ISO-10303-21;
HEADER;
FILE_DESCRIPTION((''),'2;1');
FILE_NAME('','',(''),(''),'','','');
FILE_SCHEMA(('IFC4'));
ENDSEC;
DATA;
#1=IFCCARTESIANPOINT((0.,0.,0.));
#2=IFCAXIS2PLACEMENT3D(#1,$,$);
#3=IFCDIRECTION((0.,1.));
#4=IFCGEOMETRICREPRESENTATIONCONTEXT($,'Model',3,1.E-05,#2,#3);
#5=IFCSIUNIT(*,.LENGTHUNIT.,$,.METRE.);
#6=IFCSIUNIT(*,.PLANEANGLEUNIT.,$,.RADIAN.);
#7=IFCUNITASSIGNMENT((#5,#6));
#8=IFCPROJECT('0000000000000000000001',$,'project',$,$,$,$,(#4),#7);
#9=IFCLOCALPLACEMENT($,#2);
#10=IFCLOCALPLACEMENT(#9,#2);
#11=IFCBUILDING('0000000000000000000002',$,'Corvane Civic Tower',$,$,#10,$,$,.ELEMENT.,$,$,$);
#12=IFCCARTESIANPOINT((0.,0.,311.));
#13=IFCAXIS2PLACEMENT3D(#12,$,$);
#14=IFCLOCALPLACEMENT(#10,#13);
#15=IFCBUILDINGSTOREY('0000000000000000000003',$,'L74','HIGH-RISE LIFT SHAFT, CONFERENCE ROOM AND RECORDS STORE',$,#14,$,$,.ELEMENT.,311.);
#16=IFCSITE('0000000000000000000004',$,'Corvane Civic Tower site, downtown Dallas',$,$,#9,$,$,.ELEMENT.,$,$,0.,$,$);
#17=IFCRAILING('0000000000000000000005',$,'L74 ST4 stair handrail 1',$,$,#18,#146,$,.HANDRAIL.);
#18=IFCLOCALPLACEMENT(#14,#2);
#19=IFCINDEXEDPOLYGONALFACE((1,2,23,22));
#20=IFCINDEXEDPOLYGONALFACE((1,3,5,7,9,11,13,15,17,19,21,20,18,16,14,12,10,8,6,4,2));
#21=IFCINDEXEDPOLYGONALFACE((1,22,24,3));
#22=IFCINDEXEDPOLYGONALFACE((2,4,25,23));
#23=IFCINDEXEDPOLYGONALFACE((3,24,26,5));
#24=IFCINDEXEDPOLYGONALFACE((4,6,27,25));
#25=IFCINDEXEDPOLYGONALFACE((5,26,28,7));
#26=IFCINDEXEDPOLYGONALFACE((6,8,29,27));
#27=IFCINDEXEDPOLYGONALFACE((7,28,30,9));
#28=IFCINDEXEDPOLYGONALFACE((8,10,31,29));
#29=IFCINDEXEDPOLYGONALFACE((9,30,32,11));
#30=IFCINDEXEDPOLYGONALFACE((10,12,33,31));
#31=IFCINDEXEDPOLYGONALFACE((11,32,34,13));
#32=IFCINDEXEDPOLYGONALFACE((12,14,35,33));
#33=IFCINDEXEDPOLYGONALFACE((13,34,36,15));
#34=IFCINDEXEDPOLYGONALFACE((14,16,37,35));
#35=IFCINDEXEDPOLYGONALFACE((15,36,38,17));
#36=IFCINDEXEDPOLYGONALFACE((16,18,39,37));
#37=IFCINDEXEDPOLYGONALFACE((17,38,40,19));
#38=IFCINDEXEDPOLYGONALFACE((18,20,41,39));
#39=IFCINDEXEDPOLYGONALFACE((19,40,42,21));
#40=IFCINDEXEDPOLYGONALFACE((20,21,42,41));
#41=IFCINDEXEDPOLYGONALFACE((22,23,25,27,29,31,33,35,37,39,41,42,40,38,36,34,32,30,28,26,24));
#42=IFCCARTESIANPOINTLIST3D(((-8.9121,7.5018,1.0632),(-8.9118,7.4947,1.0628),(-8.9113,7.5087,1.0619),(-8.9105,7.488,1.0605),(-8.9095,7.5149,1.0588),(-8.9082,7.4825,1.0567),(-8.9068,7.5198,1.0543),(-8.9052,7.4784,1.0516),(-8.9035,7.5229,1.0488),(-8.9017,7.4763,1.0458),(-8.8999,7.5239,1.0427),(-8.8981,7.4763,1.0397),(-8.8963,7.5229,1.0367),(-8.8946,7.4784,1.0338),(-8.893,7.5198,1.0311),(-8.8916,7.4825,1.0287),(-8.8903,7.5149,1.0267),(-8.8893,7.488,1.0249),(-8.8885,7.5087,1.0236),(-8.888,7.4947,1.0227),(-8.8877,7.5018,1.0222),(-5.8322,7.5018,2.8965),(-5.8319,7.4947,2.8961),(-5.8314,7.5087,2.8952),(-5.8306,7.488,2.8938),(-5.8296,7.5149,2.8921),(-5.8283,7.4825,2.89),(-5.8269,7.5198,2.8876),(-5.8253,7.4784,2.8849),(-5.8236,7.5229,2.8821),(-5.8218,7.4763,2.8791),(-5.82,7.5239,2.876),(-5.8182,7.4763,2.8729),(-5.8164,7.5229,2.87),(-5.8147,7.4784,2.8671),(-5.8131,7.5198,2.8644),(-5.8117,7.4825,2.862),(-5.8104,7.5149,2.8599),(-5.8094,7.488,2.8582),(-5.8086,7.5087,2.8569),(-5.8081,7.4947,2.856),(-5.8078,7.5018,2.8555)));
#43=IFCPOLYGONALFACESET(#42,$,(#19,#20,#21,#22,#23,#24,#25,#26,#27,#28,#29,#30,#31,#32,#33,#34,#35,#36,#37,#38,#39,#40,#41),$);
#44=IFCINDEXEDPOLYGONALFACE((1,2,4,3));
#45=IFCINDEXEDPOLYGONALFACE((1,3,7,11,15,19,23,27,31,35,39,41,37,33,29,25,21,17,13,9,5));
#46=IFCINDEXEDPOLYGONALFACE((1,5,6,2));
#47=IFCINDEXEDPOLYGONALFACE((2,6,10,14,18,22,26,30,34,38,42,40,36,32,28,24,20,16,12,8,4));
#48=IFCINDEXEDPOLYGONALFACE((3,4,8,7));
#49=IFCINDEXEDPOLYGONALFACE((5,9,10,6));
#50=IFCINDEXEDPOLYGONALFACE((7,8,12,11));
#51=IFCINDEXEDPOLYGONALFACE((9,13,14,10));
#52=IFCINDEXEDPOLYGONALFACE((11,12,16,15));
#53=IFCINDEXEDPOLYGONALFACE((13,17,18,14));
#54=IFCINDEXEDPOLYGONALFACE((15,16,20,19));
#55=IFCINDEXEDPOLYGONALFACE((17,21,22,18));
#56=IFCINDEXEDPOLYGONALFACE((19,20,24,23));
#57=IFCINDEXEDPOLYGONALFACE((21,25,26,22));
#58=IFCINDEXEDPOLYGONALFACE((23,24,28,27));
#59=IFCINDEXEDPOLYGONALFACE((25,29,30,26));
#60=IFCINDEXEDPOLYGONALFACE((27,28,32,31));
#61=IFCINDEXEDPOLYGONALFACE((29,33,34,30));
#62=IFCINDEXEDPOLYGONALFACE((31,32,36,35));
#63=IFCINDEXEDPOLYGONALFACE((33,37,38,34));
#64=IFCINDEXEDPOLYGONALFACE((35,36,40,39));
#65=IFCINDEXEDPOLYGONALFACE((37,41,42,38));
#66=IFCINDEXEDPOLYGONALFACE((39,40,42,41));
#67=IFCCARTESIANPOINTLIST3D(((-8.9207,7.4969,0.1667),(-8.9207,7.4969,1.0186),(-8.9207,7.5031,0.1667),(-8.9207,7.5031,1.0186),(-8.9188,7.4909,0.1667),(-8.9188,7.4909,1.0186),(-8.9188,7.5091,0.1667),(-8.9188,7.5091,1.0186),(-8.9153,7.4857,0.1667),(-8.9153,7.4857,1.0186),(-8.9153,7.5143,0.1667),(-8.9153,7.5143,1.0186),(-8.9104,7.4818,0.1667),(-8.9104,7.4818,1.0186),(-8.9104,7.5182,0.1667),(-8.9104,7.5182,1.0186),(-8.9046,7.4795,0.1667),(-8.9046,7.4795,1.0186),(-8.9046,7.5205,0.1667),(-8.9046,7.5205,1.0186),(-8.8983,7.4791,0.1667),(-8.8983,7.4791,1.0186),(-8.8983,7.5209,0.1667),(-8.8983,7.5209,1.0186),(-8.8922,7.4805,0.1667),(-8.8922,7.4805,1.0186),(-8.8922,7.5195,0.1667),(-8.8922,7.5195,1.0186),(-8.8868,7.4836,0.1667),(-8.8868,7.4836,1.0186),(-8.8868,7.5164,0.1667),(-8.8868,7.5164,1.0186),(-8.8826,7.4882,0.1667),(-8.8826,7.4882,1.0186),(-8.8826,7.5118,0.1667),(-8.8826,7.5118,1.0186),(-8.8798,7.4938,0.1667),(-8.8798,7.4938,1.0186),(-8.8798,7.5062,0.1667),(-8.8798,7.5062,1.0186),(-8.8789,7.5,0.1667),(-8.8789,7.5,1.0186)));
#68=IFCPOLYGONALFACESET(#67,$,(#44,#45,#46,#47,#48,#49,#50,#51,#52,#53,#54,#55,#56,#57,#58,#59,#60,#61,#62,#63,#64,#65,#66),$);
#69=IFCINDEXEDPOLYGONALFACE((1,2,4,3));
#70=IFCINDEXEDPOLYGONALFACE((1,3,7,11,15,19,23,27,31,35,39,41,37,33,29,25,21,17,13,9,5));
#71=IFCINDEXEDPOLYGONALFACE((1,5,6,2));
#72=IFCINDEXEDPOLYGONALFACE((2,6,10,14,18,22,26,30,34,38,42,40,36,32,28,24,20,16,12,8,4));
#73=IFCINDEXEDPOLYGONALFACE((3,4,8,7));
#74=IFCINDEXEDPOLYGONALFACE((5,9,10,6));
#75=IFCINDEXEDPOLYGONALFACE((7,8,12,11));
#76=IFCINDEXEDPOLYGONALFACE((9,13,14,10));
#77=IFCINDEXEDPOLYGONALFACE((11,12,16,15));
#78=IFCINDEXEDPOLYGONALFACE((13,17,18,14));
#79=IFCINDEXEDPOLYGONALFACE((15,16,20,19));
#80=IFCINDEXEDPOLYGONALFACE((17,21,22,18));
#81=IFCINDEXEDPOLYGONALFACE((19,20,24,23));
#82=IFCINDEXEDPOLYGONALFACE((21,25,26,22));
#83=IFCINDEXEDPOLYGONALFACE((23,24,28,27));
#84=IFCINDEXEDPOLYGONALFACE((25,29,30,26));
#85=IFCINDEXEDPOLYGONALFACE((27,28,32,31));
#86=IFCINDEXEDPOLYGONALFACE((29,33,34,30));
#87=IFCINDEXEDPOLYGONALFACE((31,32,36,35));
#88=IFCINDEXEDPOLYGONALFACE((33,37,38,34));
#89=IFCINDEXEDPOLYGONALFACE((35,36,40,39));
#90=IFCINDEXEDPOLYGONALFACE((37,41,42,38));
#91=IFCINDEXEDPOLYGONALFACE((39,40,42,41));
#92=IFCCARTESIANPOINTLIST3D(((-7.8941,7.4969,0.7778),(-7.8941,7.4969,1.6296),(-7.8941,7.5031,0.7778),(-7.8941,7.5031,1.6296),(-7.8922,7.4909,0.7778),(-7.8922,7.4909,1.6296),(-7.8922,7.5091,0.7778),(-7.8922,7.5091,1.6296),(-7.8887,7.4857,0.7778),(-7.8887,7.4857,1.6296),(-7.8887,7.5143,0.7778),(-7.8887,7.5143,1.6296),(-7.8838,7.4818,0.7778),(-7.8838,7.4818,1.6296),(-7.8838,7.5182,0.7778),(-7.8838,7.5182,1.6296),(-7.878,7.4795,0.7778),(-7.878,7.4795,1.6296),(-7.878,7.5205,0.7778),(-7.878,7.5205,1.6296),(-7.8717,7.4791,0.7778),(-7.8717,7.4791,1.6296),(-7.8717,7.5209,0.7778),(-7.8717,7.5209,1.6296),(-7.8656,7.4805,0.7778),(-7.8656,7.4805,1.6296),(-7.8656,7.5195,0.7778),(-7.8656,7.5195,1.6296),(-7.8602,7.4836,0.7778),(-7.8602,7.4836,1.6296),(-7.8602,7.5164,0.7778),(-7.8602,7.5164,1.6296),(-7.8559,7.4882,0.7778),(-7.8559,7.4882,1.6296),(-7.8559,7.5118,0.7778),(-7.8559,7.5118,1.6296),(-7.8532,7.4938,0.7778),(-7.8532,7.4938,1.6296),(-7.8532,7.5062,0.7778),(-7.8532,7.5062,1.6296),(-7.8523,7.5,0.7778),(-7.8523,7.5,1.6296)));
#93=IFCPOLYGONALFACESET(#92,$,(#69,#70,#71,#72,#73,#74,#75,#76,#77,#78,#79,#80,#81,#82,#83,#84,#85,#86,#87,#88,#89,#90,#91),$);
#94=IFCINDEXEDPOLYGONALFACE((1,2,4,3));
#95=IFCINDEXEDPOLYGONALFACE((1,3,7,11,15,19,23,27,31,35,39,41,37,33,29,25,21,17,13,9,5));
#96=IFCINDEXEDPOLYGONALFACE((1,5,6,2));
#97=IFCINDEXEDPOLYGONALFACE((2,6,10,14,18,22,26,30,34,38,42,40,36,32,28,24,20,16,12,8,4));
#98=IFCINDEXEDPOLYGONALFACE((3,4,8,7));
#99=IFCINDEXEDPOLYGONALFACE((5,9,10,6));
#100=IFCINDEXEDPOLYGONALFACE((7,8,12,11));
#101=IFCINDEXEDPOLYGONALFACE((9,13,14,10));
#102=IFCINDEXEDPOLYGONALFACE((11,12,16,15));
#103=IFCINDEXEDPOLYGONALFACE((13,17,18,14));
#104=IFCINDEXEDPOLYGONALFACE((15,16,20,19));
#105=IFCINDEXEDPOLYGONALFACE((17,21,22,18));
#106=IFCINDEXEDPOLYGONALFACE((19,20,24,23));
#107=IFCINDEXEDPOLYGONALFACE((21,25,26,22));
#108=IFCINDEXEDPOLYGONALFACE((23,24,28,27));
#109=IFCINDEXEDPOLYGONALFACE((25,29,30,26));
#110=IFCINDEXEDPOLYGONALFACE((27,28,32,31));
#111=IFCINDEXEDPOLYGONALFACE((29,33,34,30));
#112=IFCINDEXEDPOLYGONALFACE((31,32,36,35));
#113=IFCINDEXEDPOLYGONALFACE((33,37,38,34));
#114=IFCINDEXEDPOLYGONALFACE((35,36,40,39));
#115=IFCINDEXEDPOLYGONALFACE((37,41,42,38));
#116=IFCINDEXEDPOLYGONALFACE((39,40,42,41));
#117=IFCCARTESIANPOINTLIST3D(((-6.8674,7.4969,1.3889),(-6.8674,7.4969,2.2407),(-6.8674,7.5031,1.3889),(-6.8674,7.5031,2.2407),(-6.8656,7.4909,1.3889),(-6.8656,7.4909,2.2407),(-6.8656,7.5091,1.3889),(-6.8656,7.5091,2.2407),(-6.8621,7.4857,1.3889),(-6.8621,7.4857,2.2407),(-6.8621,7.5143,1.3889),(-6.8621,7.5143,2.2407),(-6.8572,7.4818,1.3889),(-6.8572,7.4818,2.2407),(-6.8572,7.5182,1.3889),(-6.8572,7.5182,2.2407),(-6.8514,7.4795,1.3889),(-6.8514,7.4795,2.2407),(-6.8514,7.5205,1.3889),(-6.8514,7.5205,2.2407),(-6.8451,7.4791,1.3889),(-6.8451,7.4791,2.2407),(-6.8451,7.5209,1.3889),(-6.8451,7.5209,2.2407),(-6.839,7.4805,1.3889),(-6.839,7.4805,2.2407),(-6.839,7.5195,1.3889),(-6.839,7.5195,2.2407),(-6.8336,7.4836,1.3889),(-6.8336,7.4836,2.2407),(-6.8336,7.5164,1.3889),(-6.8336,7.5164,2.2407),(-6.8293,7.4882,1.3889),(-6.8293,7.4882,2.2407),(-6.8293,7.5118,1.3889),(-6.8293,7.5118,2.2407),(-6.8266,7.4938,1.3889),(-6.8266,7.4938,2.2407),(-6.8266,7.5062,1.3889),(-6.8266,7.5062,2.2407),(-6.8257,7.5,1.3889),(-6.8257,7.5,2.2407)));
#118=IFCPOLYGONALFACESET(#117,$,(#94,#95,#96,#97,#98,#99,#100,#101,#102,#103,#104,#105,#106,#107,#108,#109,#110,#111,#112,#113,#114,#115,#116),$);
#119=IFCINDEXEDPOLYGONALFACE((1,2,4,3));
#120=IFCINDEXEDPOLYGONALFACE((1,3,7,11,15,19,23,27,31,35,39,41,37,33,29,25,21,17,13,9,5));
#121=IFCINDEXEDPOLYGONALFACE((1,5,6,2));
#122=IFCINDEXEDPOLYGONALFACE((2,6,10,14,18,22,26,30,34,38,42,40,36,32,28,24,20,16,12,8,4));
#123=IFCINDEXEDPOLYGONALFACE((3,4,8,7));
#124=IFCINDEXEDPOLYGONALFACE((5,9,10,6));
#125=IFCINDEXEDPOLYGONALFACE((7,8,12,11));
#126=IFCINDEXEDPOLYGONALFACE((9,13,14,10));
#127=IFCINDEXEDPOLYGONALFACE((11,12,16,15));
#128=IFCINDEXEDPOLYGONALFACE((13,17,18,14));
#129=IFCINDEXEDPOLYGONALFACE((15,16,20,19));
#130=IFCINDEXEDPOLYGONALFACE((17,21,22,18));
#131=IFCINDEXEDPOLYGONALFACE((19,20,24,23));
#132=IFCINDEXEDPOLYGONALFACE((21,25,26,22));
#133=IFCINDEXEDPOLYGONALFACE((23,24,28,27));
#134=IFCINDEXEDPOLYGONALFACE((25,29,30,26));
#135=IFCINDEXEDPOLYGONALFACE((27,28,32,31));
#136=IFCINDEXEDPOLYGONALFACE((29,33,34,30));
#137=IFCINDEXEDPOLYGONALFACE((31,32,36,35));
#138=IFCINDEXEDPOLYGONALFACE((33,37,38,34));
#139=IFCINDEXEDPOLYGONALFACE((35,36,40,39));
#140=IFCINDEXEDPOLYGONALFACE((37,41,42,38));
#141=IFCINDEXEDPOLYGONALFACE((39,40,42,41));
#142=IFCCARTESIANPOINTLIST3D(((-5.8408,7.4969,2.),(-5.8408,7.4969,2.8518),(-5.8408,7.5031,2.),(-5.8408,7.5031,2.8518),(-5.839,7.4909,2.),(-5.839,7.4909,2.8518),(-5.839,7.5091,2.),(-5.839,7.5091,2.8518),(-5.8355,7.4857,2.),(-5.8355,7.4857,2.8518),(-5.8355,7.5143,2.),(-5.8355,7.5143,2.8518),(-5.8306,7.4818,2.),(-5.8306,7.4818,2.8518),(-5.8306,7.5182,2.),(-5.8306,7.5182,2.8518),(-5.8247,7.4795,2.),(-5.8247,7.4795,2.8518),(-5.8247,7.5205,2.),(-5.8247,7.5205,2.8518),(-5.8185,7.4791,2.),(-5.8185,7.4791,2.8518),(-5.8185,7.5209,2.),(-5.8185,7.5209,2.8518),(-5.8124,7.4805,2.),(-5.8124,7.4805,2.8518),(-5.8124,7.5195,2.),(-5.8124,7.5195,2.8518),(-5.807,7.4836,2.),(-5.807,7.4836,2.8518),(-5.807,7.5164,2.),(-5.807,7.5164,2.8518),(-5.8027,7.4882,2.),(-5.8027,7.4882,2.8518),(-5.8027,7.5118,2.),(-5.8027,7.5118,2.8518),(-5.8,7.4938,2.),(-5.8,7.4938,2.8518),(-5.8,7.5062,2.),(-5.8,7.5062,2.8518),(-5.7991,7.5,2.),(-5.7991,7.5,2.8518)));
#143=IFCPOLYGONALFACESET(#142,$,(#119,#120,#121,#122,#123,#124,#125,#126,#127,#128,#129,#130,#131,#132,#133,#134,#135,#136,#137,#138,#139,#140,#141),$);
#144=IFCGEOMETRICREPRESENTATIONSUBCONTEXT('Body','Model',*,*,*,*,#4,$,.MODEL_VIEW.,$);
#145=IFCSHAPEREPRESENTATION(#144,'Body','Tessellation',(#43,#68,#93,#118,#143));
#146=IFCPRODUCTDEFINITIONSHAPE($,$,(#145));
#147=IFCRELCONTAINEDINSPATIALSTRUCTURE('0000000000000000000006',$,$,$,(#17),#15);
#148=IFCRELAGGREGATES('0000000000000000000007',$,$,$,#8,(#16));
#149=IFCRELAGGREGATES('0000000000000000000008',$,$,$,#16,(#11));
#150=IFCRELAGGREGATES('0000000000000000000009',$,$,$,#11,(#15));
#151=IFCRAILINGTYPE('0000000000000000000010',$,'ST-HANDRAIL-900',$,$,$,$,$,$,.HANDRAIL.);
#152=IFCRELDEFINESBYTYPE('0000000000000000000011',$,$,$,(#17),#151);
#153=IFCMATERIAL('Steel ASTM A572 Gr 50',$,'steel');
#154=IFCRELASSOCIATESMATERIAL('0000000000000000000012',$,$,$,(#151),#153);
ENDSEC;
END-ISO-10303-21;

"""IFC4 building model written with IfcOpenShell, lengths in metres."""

from ifc_helpers import new_model, si_unit, direction, frame, origin, origin_2d, place, context, subcontext, project, spatial, circle, extrude, material, type_object, element, save


model = new_model("IFC4")

# Units and contexts
model_context = context("Model", 3, precision=1e-05, world=origin(), true_north=direction((0.0, 1.0)))
body_context = subcontext(model_context, "Body", "Model", "MODEL_VIEW")
ifc_project = project(units=[si_unit("LENGTHUNIT", "METRE"), si_unit("PLANEANGLEUNIT", "RADIAN")], contexts=[model_context])

# Site, building, storey
site_placement = place(None, origin())
site = spatial("IfcSite", under=ifc_project, at=site_placement, Name="Corvane Civic Tower site, downtown Dallas", CompositionType="ELEMENT", RefElevation=0.0)
building_placement = place(site_placement, origin())
building = spatial("IfcBuilding", under=site, at=building_placement, Name="Corvane Civic Tower", CompositionType="ELEMENT")
storey_placement = place(building_placement, frame((0.0, 0.0, 311.0)))
storey = spatial("IfcBuildingStorey", under=building, at=storey_placement, Name="L74", Description="HIGH-RISE LIFT SHAFT, CONFERENCE ROOM AND RECORDS STORE", CompositionType="ELEMENT", Elevation=311.0)

# Railing
ifc_material_1 = material(Name="Steel ASTM A572 Gr 50", Category="steel")
railing_type_1 = type_object("IfcRailingType", Name="ST-HANDRAIL-900", PredefinedType="HANDRAIL", material=ifc_material_1)
railing_1_placement = place(storey_placement, frame((-8.8999, 7.5, 0.1667)))
element("IfcRailing", 1, at=railing_1_placement, inside=storey, type_object=railing_type_1, Name="L74 ST4 stair handrail 1", PredefinedType="HANDRAIL", context=body_context, shape_type="SweptSolid", body=[
    extrude(circle(Radius=0.0239, at=origin_2d()), frame((0.0, 0.0, 0.876), z_axis=(0.859291, 0.0, 0.511487), x_axis=(0.0, 1.0, 0.0)), (0.0, 0.0, 1.0), 3.5842),
    extrude(circle(Radius=0.021, at=origin_2d()), origin(), (0.0, 0.0, 1.0), 0.8518),
    extrude(circle(Radius=0.021, at=origin_2d()), frame((1.0266, 0.0, 0.6111)), (0.0, 0.0, 1.0), 0.8518),
    extrude(circle(Radius=0.021, at=origin_2d()), frame((2.0532, 0.0, 1.2222)), (0.0, 0.0, 1.0), 0.8518),
    extrude(circle(Radius=0.021, at=origin_2d()), frame((3.0798, 0.0, 1.8333)), (0.0, 0.0, 1.0), 0.8518),
])

save(model, "model.ifc")
